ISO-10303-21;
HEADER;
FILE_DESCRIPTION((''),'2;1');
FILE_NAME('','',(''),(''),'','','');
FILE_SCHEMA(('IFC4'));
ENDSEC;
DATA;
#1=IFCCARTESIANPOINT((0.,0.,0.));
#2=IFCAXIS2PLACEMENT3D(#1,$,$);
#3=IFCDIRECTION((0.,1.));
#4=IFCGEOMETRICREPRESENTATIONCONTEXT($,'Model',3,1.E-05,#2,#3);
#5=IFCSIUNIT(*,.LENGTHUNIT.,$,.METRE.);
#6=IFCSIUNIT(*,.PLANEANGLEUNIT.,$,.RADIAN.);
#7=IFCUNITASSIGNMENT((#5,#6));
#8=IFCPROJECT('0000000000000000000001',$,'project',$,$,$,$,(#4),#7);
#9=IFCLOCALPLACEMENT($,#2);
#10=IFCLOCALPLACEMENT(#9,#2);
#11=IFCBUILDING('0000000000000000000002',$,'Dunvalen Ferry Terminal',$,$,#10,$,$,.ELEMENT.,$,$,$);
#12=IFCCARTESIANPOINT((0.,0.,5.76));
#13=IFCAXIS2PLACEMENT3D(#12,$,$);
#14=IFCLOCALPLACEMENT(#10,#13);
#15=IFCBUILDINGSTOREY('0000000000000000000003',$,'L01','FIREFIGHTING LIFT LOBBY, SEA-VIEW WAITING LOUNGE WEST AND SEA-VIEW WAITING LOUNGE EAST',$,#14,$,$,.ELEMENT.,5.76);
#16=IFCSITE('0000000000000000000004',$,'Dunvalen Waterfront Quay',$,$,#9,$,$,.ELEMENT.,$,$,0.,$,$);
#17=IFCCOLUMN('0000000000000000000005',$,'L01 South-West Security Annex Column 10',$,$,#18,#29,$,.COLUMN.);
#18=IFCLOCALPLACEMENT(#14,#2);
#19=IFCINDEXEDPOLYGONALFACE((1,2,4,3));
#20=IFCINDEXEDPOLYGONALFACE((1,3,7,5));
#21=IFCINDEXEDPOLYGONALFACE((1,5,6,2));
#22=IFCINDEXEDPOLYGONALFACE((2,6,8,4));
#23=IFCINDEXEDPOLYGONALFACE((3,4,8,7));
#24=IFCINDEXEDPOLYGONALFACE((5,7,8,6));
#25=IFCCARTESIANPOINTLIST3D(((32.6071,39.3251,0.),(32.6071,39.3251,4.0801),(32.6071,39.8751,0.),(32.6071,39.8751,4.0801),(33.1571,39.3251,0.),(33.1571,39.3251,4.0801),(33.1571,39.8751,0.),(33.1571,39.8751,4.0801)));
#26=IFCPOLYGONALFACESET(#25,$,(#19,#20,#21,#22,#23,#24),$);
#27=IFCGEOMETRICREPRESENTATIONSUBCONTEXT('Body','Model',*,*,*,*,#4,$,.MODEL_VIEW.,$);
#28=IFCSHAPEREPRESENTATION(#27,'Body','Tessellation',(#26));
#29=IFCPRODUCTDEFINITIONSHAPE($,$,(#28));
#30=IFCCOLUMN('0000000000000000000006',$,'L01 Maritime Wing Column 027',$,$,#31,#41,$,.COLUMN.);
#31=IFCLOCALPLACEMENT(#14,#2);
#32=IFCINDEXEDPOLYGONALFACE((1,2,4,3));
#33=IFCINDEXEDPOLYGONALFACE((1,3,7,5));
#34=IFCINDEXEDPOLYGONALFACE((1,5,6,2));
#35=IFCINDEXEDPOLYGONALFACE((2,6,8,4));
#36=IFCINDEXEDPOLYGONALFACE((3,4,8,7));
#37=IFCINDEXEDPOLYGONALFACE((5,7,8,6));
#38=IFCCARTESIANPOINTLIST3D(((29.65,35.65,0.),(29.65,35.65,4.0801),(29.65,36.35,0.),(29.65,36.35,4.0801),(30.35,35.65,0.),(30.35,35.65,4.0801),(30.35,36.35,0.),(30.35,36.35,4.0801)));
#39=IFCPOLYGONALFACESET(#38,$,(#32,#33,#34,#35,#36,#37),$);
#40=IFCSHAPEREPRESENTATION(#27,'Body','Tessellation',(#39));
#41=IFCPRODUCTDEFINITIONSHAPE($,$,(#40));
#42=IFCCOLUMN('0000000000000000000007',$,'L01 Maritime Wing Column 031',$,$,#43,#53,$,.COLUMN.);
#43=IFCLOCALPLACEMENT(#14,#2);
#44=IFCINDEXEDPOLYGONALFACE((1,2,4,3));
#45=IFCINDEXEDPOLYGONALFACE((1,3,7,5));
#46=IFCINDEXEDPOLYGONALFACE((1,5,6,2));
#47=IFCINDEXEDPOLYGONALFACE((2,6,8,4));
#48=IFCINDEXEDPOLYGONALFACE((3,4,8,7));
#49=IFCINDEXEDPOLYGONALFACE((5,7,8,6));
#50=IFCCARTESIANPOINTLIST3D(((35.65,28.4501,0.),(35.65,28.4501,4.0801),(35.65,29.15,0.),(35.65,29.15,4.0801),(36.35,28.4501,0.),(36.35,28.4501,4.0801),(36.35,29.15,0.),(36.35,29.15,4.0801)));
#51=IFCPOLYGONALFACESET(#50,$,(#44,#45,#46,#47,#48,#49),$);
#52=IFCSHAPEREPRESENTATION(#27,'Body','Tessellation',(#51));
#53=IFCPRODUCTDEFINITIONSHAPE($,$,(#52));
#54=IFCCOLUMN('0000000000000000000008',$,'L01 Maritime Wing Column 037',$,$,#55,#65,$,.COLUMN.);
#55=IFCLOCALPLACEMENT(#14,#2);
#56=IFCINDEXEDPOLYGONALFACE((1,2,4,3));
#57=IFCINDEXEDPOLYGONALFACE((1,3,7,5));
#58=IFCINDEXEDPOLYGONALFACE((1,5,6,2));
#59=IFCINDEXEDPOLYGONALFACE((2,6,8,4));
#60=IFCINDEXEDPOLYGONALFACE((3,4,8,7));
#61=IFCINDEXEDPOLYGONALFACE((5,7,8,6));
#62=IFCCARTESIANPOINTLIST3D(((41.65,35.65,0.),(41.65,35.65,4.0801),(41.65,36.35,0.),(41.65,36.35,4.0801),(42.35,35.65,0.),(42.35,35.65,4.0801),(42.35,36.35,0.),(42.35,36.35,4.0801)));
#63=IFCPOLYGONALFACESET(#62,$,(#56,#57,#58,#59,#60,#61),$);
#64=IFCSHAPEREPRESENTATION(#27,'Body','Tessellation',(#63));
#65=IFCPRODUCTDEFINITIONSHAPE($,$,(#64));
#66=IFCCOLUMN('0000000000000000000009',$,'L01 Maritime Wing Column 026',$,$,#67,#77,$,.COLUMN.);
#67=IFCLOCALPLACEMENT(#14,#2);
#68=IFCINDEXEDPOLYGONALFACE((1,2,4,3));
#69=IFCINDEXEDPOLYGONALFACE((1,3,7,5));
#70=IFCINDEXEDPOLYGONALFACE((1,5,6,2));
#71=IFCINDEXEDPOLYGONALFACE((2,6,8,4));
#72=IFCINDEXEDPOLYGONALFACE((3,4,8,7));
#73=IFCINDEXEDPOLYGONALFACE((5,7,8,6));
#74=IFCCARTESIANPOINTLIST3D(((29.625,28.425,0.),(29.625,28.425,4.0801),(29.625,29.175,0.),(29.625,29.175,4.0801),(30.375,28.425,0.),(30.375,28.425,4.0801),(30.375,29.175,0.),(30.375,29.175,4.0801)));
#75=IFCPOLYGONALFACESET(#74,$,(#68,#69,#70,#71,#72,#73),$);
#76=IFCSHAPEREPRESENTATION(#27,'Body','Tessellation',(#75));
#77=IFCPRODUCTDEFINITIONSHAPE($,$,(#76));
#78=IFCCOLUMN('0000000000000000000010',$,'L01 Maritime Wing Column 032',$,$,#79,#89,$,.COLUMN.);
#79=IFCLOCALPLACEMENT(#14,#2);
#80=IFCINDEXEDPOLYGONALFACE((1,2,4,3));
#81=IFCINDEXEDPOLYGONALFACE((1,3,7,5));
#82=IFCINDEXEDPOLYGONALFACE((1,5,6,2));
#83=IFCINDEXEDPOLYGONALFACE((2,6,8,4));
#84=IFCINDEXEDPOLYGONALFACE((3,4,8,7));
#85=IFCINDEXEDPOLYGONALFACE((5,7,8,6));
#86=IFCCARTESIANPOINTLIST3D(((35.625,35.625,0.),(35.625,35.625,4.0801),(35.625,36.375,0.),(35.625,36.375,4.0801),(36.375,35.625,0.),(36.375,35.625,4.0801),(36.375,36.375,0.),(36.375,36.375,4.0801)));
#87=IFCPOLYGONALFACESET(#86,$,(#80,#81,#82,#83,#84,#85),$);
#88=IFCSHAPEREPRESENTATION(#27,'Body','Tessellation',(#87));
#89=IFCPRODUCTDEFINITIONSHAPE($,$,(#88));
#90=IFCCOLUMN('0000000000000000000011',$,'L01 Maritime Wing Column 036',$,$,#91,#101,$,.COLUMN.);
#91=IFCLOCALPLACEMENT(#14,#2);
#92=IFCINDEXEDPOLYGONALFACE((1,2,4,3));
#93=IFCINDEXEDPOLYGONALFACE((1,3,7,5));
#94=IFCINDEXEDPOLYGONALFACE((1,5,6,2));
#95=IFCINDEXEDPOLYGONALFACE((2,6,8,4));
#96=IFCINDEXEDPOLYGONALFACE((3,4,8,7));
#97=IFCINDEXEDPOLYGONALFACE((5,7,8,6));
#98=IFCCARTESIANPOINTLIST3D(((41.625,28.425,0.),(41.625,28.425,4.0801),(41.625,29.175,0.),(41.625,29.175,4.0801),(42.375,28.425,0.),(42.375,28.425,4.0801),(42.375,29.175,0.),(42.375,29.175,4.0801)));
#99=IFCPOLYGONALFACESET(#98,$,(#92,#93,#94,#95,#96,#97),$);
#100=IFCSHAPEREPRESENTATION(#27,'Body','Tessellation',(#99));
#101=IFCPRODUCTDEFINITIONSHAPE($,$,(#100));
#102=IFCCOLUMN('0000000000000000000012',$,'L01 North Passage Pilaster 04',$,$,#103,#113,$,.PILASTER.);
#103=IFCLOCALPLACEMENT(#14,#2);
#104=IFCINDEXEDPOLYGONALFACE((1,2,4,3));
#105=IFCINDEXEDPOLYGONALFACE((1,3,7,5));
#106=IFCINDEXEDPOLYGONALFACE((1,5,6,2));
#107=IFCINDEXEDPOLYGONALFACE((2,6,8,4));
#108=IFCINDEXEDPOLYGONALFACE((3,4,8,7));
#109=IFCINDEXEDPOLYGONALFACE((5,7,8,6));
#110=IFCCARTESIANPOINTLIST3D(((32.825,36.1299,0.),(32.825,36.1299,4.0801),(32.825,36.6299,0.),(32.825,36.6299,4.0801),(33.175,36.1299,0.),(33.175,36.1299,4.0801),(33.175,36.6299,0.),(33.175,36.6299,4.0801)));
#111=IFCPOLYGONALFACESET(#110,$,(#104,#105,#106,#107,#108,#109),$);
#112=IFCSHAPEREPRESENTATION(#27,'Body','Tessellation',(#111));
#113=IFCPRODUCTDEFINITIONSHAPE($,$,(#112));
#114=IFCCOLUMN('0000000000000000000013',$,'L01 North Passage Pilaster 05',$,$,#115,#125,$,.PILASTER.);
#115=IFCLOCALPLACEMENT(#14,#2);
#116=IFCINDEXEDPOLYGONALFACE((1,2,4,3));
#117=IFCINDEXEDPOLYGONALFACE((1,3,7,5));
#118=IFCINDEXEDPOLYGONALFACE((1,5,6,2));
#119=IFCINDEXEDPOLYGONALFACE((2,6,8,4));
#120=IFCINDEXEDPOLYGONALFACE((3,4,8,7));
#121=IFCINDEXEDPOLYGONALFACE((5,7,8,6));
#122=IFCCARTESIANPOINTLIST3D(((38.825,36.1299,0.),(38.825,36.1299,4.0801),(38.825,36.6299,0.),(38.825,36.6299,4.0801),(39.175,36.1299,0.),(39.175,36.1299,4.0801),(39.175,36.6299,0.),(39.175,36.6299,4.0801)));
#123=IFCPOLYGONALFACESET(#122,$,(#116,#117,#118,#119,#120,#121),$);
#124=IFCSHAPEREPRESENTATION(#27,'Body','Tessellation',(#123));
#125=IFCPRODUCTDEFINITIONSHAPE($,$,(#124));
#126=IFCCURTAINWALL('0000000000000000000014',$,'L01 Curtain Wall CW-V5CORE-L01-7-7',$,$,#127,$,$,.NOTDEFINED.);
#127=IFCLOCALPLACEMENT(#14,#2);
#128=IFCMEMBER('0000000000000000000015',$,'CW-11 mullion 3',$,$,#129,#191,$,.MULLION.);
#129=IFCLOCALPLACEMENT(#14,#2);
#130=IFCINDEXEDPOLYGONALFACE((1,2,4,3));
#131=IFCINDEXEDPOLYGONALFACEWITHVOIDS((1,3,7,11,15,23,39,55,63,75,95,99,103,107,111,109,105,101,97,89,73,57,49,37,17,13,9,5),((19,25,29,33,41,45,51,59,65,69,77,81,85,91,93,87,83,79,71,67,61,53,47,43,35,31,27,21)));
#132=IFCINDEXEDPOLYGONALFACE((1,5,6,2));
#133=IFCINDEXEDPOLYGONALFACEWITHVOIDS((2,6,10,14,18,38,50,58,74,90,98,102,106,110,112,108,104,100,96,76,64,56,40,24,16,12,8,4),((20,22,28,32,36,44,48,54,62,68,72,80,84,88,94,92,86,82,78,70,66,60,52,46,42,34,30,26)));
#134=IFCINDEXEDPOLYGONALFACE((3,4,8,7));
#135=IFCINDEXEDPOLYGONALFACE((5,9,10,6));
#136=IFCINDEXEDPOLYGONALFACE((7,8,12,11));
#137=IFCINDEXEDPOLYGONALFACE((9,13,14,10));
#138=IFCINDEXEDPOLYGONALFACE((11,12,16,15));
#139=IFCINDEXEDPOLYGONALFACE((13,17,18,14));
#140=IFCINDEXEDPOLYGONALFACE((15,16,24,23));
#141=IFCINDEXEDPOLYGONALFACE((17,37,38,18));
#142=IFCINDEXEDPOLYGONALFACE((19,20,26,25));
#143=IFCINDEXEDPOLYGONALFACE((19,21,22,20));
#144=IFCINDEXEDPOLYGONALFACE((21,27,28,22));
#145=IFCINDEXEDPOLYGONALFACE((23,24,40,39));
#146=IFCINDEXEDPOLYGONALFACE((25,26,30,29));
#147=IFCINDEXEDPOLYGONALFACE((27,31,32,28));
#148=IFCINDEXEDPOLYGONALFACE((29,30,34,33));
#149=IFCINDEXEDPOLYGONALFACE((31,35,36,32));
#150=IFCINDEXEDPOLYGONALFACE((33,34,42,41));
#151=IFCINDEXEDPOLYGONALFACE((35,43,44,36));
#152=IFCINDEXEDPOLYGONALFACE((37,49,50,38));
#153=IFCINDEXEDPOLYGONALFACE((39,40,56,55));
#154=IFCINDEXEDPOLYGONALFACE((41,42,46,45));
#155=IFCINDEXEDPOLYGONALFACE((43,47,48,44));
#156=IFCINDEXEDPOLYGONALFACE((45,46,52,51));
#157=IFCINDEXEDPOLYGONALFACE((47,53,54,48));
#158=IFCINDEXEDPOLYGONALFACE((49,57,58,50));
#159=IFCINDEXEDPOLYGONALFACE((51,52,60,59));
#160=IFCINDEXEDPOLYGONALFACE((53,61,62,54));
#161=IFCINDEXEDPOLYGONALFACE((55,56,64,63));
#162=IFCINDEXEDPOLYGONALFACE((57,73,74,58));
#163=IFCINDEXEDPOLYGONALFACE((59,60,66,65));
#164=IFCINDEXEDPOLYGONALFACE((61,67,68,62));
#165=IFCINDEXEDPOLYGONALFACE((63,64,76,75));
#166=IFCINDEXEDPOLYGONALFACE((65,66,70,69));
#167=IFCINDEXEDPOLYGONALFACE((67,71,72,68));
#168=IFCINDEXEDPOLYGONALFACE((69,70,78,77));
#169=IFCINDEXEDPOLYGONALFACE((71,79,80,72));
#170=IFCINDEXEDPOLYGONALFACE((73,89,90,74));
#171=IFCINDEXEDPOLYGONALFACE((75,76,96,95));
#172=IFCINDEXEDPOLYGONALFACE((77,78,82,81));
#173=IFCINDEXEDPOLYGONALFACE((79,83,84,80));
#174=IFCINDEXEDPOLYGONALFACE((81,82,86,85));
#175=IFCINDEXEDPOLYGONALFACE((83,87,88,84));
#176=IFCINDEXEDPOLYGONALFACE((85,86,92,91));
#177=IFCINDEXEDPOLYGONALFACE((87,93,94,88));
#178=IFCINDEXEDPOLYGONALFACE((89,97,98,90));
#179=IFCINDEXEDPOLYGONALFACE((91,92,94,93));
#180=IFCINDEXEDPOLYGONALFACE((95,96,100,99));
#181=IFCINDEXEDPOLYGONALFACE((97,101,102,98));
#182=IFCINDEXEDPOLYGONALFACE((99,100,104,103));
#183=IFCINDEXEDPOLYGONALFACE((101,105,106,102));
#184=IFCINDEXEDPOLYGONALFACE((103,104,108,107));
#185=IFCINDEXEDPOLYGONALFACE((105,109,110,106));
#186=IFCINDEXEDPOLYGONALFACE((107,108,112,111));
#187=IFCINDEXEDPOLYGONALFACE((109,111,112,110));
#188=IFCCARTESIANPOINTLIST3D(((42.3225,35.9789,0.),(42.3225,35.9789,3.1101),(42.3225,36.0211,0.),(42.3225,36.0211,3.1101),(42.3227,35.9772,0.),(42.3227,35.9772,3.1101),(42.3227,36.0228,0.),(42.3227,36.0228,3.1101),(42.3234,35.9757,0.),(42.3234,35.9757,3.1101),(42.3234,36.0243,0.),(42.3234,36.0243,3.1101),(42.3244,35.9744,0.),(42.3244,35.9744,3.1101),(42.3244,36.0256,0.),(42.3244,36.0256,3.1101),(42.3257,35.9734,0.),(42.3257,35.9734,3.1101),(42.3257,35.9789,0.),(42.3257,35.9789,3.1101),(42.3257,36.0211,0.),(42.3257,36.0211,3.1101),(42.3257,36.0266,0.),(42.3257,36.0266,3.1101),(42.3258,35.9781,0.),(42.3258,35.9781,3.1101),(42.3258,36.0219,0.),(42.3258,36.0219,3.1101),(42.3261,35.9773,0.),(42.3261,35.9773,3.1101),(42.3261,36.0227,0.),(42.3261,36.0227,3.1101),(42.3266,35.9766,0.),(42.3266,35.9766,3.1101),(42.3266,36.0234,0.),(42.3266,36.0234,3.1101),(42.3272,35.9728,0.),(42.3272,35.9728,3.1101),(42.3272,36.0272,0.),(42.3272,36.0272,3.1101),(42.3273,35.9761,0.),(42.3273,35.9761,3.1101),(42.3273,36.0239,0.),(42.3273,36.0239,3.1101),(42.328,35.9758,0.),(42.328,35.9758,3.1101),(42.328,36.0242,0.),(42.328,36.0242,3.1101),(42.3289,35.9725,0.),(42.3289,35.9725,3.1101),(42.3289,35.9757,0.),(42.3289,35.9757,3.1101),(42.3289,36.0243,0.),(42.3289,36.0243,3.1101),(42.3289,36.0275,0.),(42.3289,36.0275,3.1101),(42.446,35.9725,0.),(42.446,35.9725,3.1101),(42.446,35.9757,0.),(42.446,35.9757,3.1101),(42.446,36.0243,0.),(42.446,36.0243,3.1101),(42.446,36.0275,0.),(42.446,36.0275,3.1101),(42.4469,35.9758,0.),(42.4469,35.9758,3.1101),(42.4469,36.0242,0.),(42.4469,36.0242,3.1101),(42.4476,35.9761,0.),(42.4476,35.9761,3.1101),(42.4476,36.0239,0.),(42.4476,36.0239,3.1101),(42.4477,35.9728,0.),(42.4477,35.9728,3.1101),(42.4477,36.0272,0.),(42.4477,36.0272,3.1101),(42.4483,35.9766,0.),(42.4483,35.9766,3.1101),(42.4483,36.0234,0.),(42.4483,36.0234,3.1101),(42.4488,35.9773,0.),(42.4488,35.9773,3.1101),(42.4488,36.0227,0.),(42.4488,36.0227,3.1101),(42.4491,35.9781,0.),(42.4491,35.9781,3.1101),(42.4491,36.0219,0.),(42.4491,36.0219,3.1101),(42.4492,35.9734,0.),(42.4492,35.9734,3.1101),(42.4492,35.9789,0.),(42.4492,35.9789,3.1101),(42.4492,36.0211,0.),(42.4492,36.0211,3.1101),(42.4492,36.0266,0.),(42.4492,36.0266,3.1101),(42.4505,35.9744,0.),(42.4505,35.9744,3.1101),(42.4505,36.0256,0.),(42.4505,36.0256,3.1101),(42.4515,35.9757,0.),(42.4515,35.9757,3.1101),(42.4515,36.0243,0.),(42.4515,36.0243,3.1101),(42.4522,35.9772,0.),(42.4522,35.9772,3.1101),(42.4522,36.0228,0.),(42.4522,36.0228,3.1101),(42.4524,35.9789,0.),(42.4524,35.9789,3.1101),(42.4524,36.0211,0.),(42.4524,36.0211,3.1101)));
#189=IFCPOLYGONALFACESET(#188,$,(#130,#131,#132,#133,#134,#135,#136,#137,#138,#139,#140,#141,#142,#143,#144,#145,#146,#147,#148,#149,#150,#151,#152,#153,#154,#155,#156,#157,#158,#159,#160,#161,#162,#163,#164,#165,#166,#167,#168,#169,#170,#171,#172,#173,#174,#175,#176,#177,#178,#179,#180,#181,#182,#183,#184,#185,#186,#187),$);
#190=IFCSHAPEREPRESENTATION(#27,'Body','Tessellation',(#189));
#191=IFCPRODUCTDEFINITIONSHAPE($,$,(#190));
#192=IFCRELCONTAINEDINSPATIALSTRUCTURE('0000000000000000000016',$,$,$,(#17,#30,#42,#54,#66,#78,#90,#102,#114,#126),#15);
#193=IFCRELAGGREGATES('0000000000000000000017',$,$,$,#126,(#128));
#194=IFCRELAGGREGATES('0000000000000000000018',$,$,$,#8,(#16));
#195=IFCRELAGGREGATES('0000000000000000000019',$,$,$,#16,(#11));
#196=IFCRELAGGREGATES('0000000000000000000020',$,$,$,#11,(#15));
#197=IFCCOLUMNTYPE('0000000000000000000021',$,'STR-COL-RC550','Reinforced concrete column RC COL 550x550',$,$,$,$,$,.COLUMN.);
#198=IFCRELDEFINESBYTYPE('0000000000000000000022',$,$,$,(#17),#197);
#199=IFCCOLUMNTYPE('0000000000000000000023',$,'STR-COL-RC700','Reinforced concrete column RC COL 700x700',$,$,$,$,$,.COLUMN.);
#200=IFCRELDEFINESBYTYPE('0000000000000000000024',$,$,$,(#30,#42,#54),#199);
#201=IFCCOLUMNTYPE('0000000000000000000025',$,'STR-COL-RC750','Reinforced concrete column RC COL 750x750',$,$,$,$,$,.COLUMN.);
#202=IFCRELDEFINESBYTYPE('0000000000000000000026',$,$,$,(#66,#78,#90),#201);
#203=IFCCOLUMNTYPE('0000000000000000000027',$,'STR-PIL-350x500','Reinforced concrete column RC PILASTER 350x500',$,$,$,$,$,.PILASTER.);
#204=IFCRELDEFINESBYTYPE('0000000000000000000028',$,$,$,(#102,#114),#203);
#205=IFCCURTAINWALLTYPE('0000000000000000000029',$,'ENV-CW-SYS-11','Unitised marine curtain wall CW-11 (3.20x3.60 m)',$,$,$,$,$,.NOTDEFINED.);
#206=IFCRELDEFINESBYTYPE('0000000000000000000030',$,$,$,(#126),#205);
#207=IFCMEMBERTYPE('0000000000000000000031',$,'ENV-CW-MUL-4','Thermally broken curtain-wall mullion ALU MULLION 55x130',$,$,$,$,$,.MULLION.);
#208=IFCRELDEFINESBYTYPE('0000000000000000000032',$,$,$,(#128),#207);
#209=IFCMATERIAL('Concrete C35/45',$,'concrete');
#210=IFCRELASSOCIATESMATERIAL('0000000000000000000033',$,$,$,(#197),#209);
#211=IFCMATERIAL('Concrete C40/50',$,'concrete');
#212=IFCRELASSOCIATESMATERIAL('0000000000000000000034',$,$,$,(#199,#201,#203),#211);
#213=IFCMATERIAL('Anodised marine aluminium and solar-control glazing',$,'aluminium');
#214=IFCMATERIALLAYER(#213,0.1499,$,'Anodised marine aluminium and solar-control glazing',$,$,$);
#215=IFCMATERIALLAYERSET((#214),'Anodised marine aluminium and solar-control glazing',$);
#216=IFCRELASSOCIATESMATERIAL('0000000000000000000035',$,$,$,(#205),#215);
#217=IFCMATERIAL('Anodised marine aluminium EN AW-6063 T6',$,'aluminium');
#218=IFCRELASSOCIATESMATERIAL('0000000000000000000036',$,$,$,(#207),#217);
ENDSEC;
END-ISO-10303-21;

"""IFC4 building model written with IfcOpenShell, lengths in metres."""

from ifc_helpers import new_model, si_unit, direction, frame, origin, origin_2d, place, context, subcontext, project, spatial, rectangle, hollow_rectangle, extrude, material, layer, layer_set, material_profile, profile_set, type_object, element, aggregate, save


model = new_model("IFC4")

# Units and contexts
model_context = context("Model", 3, precision=1e-05, world=origin(), true_north=direction((0.0, 1.0)))
body_context = subcontext(model_context, "Body", "Model", "MODEL_VIEW")
ifc_project = project(units=[si_unit("LENGTHUNIT", "METRE"), si_unit("PLANEANGLEUNIT", "RADIAN")], contexts=[model_context])

# Site, building, storey
site_placement = place(None, origin())
site = spatial("IfcSite", under=ifc_project, at=site_placement, Name="Dunvalen Waterfront Quay", CompositionType="ELEMENT", RefElevation=0.0)
building_placement = place(site_placement, origin())
building = spatial("IfcBuilding", under=site, at=building_placement, Name="Dunvalen Ferry Terminal", CompositionType="ELEMENT")
storey_placement = place(building_placement, frame((0.0, 0.0, 5.76)))
storey = spatial("IfcBuildingStorey", under=building, at=storey_placement, Name="L01", Description="FIREFIGHTING LIFT LOBBY, SEA-VIEW WAITING LOUNGE WEST AND SEA-VIEW WAITING LOUNGE EAST", CompositionType="ELEMENT", Elevation=5.76)

# Columns
ifc_material_1 = material(Name="Concrete C35/45", Category="concrete")
ifc_material_profile_1 = material_profile(ifc_material_1, rectangle(XDim=0.55, YDim=0.55, at=origin_2d()), Name="Concrete C35/45")
ifc_profile_set_1 = profile_set([ifc_material_profile_1], Name="Concrete C35/45")
column_type_1 = type_object("IfcColumnType", Name="STR-COL-RC550", Description="Reinforced concrete column RC COL 550x550", PredefinedType="COLUMN", material=ifc_profile_set_1)
column_placement = place(storey_placement, frame((32.8821, 39.6001, 0.0), z_axis=(0.0, 0.0, 1.0), x_axis=(1.0, 0.0, 0.0)))
element("IfcColumn", 1, at=column_placement, inside=storey, type_object=column_type_1, Name="L01 South-West Security Annex Column 10", PredefinedType="COLUMN", context=body_context, shape_type="SweptSolid", body=[
    extrude(rectangle(XDim=0.55, YDim=0.55, at=origin_2d()), origin(), (0.0, 0.0, 1.0), 4.0801),
])
ifc_material_2 = material(Name="Concrete C40/50", Category="concrete")
ifc_material_profile_2 = material_profile(ifc_material_2, rectangle(XDim=0.7, YDim=0.7, at=origin_2d()), Name="Concrete C40/50")
ifc_profile_set_2 = profile_set([ifc_material_profile_2], Name="Concrete C40/50")
column_type_2 = type_object("IfcColumnType", Name="STR-COL-RC700", Description="Reinforced concrete column RC COL 700x700", PredefinedType="COLUMN", material=ifc_profile_set_2)
for number, where, z_axis, x_axis, name in (
    (2, (30.0, 36.0, 0.0), (0.0, 0.0, 1.0), (1.0, 0.0, 0.0), "L01 Maritime Wing Column 027"),
    (3, (36.0, 28.8, 0.0), (0.0, 0.0, 1.0), (1.0, 0.0, 0.0), "L01 Maritime Wing Column 031"),
    (4, (42.0, 36.0, 0.0), (0.0, 0.0, 1.0), (1.0, 0.0, 0.0), "L01 Maritime Wing Column 037"),
):
    element("IfcColumn", number, at=place(storey_placement, frame(where, z_axis=z_axis, x_axis=x_axis)), inside=storey, type_object=column_type_2, Name=name, PredefinedType="COLUMN", context=body_context, shape_type="SweptSolid", body=[
        extrude(rectangle(XDim=0.7, YDim=0.7, at=origin_2d()), origin(), (0.0, 0.0, 1.0), 4.0801),
    ])
ifc_material_profile_3 = material_profile(ifc_material_2, rectangle(XDim=0.75, YDim=0.75, at=origin_2d()), Name="Concrete C40/50")
ifc_profile_set_3 = profile_set([ifc_material_profile_3], Name="Concrete C40/50")
column_type_3 = type_object("IfcColumnType", Name="STR-COL-RC750", Description="Reinforced concrete column RC COL 750x750", PredefinedType="COLUMN", material=ifc_profile_set_3)
for number, where, z_axis, x_axis, name in (
    (5, (30.0, 28.8, 0.0), (0.0, 0.0, 1.0), (1.0, 0.0, 0.0), "L01 Maritime Wing Column 026"),
    (6, (36.0, 36.0, 0.0), (0.0, 0.0, 1.0), (1.0, 0.0, 0.0), "L01 Maritime Wing Column 032"),
    (7, (42.0, 28.8, 0.0), (0.0, 0.0, 1.0), (1.0, 0.0, 0.0), "L01 Maritime Wing Column 036"),
):
    element("IfcColumn", number, at=place(storey_placement, frame(where, z_axis=z_axis, x_axis=x_axis)), inside=storey, type_object=column_type_3, Name=name, PredefinedType="COLUMN", context=body_context, shape_type="SweptSolid", body=[
        extrude(rectangle(XDim=0.75, YDim=0.75, at=origin_2d()), origin(), (0.0, 0.0, 1.0), 4.0801),
    ])
ifc_material_profile_4 = material_profile(ifc_material_2, rectangle(XDim=0.3501, YDim=0.5, at=origin_2d()), Name="Concrete C40/50")
ifc_profile_set_4 = profile_set([ifc_material_profile_4], Name="Concrete C40/50")
column_type_4 = type_object("IfcColumnType", Name="STR-PIL-350x500", Description="Reinforced concrete column RC PILASTER 350x500", PredefinedType="PILASTER", material=ifc_profile_set_4)
for number, where, z_axis, x_axis, name in (
    (8, (33.0, 36.3799, 0.0), (0.0, 0.0, 1.0), (1.0, 0.0, 0.0), "L01 North Passage Pilaster 04"),
    (9, (39.0, 36.3799, 0.0), (0.0, 0.0, 1.0), (1.0, 0.0, 0.0), "L01 North Passage Pilaster 05"),
):
    element("IfcColumn", number, at=place(storey_placement, frame(where, z_axis=z_axis, x_axis=x_axis)), inside=storey, type_object=column_type_4, Name=name, PredefinedType="PILASTER", context=body_context, shape_type="SweptSolid", body=[
        extrude(rectangle(XDim=0.3501, YDim=0.5, at=origin_2d()), origin(), (0.0, 0.0, 1.0), 4.0801),
    ])

# Curtain wall, member
ifc_material_3 = material(Name="Anodised marine aluminium and solar-control glazing", Category="aluminium")
ifc_layer_1 = layer(ifc_material_3, 0.1499, Name="Anodised marine aluminium and solar-control glazing")
ifc_layer_set_1 = layer_set([ifc_layer_1], Name="Anodised marine aluminium and solar-control glazing")
curtain_wall_type = type_object("IfcCurtainWallType", Name="ENV-CW-SYS-11", Description="Unitised marine curtain wall CW-11 (3.20x3.60 m)", PredefinedType="NOTDEFINED", material=ifc_layer_set_1)
curtain_wall_1_placement = place(storey_placement, origin())
curtain_wall_1 = element("IfcCurtainWall", 10, at=curtain_wall_1_placement, inside=storey, type_object=curtain_wall_type, Name="L01 Curtain Wall CW-V5CORE-L01-7-7", PredefinedType="NOTDEFINED")
ifc_material_4 = material(Name="Anodised marine aluminium EN AW-6063 T6", Category="aluminium")
ifc_material_profile_5 = material_profile(ifc_material_4, hollow_rectangle(XDim=0.0549, YDim=0.1299, WallThickness=0.0032, InnerFilletRadius=0.0032, OuterFilletRadius=0.0063, at=origin_2d()), Name="Anodised marine aluminium EN AW-6063 T6")
ifc_profile_set_5 = profile_set([ifc_material_profile_5], Name="Anodised marine aluminium EN AW-6063 T6")
member_type_1 = type_object("IfcMemberType", Name="ENV-CW-MUL-4", Description="Thermally broken curtain-wall mullion ALU MULLION 55x130", PredefinedType="MULLION", material=ifc_profile_set_5)
member_1_placement = place(storey_placement, frame((42.3875, 36.0, 0.0), z_axis=(0.0, 0.0, 1.0), x_axis=(0.0, -1.0, 0.0)))
member_1 = element("IfcMember", 11, at=member_1_placement, type_object=member_type_1, Name="CW-11 mullion 3", PredefinedType="MULLION", context=body_context, shape_type="SweptSolid", body=[
    extrude(hollow_rectangle(XDim=0.0549, YDim=0.1299, WallThickness=0.0032, InnerFilletRadius=0.0032, OuterFilletRadius=0.0063, at=origin_2d()), origin(), (0.0, 0.0, 1.0), 3.1101),
])
aggregate(curtain_wall_1, [member_1])

save(model, "model.ifc")
